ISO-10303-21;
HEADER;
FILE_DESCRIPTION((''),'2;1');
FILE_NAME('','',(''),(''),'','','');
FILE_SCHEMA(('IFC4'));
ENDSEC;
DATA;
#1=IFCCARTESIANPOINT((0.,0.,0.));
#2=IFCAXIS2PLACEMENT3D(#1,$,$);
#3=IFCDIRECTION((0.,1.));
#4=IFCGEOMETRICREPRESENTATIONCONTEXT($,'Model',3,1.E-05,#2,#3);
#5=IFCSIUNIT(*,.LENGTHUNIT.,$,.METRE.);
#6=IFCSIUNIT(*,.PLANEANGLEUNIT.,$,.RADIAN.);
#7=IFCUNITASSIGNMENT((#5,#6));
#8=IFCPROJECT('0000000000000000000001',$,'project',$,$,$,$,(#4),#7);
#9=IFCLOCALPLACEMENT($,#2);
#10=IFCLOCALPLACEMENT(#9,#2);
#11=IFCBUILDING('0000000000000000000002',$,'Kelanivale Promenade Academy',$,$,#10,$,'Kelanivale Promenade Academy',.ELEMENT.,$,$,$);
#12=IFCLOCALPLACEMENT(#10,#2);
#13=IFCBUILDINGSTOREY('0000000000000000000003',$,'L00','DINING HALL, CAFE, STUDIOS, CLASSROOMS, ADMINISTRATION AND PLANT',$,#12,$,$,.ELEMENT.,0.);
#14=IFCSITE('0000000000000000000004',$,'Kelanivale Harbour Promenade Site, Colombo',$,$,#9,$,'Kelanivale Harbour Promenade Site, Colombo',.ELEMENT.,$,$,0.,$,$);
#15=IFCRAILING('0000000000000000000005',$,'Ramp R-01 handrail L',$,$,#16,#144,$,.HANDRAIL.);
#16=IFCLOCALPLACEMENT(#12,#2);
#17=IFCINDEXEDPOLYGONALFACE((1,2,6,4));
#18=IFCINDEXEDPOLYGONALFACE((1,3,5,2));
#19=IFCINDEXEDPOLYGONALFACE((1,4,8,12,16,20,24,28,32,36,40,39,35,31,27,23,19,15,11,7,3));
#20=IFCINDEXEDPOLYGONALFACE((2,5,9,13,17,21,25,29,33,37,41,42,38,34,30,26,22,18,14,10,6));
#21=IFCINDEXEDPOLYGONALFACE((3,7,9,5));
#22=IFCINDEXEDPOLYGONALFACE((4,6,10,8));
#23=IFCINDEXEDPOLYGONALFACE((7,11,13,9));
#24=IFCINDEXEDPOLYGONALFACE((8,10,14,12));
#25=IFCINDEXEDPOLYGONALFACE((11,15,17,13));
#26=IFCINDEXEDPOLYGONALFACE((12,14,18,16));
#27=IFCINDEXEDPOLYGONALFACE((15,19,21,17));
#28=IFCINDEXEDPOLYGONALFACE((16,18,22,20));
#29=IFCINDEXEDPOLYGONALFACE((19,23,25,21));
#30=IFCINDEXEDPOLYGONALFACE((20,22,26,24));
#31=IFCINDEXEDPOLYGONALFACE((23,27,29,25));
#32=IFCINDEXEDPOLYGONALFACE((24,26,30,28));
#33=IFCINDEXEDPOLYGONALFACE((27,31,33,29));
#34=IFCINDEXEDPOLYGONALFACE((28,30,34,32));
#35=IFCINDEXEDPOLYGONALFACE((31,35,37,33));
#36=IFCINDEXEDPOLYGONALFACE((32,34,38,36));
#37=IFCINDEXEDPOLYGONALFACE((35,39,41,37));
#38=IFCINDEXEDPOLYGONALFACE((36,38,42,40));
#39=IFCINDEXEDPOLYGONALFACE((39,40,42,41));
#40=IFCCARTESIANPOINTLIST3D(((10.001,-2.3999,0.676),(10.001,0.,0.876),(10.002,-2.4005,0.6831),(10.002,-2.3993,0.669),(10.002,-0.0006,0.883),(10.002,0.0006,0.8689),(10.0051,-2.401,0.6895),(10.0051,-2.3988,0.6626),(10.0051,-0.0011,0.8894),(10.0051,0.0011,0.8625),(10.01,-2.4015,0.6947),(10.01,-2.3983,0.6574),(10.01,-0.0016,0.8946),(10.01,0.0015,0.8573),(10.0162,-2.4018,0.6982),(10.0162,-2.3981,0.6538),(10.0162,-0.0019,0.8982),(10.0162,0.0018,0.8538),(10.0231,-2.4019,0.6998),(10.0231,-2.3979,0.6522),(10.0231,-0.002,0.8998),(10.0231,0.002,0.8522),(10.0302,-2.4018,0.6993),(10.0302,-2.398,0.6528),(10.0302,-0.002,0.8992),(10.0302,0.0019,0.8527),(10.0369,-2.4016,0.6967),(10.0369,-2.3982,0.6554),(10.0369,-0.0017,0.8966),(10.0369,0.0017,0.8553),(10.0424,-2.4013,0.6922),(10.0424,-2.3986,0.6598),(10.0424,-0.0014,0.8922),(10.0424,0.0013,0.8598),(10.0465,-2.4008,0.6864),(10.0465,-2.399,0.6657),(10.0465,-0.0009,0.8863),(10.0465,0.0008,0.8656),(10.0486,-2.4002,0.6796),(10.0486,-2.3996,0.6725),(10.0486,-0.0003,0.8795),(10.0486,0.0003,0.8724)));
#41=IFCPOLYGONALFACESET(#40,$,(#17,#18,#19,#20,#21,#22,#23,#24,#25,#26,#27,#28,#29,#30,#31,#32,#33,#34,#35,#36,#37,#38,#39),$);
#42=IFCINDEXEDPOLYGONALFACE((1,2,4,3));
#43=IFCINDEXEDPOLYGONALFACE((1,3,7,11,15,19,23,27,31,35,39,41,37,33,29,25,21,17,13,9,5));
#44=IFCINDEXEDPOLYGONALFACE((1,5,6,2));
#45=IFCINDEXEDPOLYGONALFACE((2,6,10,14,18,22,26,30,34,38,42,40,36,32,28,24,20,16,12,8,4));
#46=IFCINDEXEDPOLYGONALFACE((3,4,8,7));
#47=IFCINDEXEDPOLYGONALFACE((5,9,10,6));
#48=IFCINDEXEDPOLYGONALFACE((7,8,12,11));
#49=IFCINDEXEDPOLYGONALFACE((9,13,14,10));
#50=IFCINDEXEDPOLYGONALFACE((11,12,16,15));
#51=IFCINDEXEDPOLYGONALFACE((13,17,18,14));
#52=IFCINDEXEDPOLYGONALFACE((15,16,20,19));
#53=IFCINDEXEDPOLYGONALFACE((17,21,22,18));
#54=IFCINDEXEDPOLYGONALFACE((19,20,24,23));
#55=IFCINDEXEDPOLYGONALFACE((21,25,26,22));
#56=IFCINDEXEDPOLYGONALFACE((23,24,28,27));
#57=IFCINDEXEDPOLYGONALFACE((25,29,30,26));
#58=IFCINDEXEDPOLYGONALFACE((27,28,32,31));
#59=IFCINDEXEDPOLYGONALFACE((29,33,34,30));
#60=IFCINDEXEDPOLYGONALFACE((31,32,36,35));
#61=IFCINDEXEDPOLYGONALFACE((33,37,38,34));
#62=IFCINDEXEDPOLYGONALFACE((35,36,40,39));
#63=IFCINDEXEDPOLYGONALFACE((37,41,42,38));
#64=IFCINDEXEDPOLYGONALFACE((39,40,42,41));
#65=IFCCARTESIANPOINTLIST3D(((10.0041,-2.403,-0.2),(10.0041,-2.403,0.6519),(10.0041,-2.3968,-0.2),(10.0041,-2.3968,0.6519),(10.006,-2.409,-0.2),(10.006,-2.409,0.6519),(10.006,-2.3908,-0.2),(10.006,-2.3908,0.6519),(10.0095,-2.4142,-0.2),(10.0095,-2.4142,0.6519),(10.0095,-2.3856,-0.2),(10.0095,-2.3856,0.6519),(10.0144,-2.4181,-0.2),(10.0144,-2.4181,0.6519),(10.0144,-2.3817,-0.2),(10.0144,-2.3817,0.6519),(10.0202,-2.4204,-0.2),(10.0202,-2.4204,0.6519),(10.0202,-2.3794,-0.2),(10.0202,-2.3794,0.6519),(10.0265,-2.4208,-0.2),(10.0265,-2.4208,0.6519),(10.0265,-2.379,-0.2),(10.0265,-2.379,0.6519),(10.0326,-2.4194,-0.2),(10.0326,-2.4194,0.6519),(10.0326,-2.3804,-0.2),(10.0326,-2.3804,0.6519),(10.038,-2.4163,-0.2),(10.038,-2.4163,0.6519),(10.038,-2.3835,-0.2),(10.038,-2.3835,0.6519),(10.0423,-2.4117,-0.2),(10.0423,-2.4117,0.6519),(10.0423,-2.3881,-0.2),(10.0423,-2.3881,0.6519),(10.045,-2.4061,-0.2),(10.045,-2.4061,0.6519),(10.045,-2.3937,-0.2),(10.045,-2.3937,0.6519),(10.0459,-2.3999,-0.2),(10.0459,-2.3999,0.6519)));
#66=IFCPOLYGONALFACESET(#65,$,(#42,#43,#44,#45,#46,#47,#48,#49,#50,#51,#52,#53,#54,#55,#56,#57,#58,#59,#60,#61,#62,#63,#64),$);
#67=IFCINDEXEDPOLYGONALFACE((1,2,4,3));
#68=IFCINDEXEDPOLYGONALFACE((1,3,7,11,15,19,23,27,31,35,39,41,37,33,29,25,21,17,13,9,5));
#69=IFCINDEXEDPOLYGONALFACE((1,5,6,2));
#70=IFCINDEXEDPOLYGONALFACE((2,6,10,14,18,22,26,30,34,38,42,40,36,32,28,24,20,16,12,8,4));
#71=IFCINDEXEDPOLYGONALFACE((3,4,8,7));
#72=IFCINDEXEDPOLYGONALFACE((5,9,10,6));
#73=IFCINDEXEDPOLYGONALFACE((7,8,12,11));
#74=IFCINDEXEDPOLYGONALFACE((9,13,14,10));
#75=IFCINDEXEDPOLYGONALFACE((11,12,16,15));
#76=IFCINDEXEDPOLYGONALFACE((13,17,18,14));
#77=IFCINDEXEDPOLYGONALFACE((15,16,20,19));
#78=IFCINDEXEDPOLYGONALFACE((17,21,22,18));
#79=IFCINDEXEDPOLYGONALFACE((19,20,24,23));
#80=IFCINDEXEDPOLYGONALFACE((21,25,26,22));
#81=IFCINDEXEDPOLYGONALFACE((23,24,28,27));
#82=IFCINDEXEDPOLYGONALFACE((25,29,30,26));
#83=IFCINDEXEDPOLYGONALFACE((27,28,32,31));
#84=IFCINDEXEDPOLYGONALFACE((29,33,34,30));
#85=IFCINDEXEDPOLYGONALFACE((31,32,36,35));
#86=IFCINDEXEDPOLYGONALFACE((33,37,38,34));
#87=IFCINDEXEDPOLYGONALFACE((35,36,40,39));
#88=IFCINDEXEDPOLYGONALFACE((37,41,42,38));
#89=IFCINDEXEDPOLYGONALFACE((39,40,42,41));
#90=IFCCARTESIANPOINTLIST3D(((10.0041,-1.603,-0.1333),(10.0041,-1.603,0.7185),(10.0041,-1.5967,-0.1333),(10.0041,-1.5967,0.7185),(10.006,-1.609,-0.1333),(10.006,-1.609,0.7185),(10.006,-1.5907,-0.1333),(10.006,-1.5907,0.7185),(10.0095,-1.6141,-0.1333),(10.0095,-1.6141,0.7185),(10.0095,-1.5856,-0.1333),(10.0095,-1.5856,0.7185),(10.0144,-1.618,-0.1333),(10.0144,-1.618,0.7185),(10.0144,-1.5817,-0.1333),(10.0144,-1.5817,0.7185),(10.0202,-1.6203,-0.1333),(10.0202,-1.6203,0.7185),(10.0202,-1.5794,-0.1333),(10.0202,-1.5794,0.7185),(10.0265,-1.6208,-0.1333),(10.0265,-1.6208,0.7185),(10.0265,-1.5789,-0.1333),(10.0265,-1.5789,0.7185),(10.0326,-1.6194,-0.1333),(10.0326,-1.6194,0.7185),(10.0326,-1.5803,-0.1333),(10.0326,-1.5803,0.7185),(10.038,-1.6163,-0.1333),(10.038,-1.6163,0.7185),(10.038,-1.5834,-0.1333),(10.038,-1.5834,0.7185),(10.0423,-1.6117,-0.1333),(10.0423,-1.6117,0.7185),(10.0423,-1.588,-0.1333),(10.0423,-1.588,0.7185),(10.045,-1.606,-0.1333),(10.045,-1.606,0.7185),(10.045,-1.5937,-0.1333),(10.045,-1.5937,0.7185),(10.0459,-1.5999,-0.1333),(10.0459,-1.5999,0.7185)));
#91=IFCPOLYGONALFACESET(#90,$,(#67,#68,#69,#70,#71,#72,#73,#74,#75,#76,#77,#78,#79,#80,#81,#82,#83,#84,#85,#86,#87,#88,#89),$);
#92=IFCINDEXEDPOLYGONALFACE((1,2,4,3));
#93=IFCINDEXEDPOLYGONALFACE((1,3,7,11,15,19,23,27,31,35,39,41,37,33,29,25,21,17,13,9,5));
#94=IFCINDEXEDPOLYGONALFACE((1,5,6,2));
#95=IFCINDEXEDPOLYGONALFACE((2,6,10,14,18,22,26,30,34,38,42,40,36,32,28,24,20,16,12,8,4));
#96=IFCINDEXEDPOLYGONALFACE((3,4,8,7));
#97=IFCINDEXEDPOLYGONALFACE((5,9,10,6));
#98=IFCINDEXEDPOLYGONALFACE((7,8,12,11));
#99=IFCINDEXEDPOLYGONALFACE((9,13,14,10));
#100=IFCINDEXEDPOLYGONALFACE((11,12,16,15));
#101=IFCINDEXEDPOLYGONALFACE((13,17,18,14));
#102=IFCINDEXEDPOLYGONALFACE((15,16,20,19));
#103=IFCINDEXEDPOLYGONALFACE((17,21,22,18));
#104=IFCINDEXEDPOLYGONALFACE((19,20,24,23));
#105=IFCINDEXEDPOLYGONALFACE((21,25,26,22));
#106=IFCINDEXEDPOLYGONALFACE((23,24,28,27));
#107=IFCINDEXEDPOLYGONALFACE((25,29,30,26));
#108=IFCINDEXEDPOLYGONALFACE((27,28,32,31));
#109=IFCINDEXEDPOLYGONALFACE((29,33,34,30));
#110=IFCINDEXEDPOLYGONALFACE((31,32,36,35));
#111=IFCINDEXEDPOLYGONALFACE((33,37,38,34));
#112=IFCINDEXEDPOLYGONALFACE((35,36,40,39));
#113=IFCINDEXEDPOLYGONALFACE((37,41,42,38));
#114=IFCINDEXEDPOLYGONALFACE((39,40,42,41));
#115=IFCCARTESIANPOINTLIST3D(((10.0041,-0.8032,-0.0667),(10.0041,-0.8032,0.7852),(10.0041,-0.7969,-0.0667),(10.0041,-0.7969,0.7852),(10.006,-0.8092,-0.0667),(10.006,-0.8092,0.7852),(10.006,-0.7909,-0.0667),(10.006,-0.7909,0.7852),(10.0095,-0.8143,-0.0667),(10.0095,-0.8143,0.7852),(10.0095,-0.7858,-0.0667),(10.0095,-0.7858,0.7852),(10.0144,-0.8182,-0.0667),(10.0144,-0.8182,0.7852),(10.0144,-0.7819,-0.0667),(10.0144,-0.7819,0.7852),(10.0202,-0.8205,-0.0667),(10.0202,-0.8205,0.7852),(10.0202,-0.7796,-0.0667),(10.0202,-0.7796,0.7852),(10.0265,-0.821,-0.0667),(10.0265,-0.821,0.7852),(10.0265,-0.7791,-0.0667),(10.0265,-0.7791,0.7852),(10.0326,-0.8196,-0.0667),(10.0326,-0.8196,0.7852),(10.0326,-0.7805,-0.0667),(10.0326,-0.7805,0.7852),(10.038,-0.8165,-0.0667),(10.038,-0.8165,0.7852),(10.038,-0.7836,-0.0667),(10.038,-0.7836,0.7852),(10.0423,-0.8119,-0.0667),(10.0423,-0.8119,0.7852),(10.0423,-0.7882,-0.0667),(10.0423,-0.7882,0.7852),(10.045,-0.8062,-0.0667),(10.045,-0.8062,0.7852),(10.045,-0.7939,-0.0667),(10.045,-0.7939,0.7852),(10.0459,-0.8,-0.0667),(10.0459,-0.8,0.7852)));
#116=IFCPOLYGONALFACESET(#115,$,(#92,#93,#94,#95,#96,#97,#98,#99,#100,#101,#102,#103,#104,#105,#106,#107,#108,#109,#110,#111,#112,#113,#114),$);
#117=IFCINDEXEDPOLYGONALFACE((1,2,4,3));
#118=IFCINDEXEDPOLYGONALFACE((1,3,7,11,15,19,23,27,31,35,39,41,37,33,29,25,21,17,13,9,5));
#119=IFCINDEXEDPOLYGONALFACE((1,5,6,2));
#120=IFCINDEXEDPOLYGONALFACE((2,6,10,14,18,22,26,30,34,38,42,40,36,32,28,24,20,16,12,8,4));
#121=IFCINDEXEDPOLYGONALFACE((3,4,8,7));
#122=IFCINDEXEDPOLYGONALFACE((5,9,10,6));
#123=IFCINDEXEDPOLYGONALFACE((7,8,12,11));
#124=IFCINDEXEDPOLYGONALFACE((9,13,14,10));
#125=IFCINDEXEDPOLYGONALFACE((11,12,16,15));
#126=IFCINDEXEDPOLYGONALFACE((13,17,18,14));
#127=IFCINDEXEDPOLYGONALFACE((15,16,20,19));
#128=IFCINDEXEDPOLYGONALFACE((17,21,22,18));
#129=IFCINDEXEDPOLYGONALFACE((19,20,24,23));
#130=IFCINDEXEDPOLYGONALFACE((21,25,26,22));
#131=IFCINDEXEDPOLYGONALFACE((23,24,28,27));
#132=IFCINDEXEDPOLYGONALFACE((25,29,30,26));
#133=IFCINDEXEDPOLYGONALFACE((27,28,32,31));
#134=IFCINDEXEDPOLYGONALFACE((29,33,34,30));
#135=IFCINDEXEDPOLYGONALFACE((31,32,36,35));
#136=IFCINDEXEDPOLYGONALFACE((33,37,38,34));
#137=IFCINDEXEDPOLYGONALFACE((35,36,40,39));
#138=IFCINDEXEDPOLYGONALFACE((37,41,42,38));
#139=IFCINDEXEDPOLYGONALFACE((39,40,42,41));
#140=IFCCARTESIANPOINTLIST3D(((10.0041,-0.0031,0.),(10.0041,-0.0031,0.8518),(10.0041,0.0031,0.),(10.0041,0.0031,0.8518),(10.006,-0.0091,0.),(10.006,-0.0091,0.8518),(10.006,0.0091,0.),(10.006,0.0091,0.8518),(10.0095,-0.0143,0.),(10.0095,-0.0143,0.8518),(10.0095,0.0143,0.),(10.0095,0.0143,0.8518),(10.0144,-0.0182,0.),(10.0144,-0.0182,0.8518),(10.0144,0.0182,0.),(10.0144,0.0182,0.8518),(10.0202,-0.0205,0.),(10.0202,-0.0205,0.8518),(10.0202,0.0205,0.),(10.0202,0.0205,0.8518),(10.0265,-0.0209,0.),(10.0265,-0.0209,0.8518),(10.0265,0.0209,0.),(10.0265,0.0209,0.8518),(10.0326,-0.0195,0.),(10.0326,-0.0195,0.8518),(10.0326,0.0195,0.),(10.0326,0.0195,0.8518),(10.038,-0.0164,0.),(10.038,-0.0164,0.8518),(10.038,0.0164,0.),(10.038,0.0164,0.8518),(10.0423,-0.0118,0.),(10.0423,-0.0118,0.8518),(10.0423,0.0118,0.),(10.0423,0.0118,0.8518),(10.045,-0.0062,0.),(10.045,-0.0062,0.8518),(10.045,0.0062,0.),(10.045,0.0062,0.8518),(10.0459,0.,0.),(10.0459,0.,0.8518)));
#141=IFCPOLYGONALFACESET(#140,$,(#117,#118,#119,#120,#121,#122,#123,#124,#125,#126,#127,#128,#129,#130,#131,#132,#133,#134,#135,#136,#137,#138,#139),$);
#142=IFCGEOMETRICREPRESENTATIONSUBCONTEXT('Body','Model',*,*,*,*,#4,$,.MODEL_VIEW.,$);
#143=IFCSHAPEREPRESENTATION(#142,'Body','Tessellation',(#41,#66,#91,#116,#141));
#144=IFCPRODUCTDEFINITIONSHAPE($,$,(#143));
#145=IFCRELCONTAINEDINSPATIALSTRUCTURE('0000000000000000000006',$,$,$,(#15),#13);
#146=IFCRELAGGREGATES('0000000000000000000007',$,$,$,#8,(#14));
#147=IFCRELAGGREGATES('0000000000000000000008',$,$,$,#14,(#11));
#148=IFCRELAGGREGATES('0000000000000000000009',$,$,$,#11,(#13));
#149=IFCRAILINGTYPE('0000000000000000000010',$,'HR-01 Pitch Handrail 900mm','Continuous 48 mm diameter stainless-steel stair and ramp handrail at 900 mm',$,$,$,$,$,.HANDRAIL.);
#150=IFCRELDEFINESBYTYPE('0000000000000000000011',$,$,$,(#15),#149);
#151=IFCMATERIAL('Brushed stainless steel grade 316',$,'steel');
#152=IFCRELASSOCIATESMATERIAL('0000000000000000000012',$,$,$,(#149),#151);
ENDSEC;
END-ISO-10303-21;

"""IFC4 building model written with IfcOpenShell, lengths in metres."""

from ifc_helpers import new_model, si_unit, direction, frame, origin, origin_2d, place, context, subcontext, project, spatial, circle, extrude, material, type_object, element, save


model = new_model("IFC4")

# Units and contexts
model_context = context("Model", 3, precision=1e-05, world=origin(), true_north=direction((0.0, 1.0)))
body_context = subcontext(model_context, "Body", "Model", "MODEL_VIEW")
ifc_project = project(units=[si_unit("LENGTHUNIT", "METRE"), si_unit("PLANEANGLEUNIT", "RADIAN")], contexts=[model_context])

# Site, building, storey
site_placement = place(None, origin())
site = spatial("IfcSite", under=ifc_project, at=site_placement, Name="Kelanivale Harbour Promenade Site, Colombo", LongName="Kelanivale Harbour Promenade Site, Colombo", CompositionType="ELEMENT", RefElevation=0.0)
building_placement = place(site_placement, origin())
building = spatial("IfcBuilding", under=site, at=building_placement, Name="Kelanivale Promenade Academy", LongName="Kelanivale Promenade Academy", CompositionType="ELEMENT")
storey_placement = place(building_placement, origin())
storey = spatial("IfcBuildingStorey", under=building, at=storey_placement, Name="L00", Description="DINING HALL, CAFE, STUDIOS, CLASSROOMS, ADMINISTRATION AND PLANT", CompositionType="ELEMENT", Elevation=0.0)

# Railing
ifc_material_1 = material(Name="Brushed stainless steel grade 316", Category="steel")
railing_type = type_object("IfcRailingType", Name="HR-01 Pitch Handrail 900mm", Description="Continuous 48 mm diameter stainless-steel stair and ramp handrail at 900 mm", PredefinedType="HANDRAIL", material=ifc_material_1)
for number, where, name in (
    (1, (10.0249, -2.3999, -0.2), "Ramp R-01 handrail L"),
):
    element("IfcRailing", number, at=place(storey_placement, frame(where)), inside=storey, type_object=railing_type, Name=name, PredefinedType="HANDRAIL", context=body_context, shape_type="SweptSolid", body=[
        extrude(circle(Radius=0.0239, at=origin_2d()), frame((0.0, 0.0, 0.876), z_axis=(0.0, 0.996547, 0.083029), x_axis=(-1.0, 0.0, 0.0)), (0.0, 0.0, 1.0), 2.4082),
        extrude(circle(Radius=0.021, at=origin_2d()), origin(), (0.0, 0.0, 1.0), 0.8518),
        extrude(circle(Radius=0.021, at=origin_2d()), frame((0.0, 0.8, 0.0667)), (0.0, 0.0, 1.0), 0.8518),
        extrude(circle(Radius=0.021, at=origin_2d()), frame((0.0, 1.5999, 0.1333)), (0.0, 0.0, 1.0), 0.8518),
        extrude(circle(Radius=0.021, at=origin_2d()), frame((0.0, 2.3999, 0.2)), (0.0, 0.0, 1.0), 0.8518),
    ])

save(model, "model.ifc")
